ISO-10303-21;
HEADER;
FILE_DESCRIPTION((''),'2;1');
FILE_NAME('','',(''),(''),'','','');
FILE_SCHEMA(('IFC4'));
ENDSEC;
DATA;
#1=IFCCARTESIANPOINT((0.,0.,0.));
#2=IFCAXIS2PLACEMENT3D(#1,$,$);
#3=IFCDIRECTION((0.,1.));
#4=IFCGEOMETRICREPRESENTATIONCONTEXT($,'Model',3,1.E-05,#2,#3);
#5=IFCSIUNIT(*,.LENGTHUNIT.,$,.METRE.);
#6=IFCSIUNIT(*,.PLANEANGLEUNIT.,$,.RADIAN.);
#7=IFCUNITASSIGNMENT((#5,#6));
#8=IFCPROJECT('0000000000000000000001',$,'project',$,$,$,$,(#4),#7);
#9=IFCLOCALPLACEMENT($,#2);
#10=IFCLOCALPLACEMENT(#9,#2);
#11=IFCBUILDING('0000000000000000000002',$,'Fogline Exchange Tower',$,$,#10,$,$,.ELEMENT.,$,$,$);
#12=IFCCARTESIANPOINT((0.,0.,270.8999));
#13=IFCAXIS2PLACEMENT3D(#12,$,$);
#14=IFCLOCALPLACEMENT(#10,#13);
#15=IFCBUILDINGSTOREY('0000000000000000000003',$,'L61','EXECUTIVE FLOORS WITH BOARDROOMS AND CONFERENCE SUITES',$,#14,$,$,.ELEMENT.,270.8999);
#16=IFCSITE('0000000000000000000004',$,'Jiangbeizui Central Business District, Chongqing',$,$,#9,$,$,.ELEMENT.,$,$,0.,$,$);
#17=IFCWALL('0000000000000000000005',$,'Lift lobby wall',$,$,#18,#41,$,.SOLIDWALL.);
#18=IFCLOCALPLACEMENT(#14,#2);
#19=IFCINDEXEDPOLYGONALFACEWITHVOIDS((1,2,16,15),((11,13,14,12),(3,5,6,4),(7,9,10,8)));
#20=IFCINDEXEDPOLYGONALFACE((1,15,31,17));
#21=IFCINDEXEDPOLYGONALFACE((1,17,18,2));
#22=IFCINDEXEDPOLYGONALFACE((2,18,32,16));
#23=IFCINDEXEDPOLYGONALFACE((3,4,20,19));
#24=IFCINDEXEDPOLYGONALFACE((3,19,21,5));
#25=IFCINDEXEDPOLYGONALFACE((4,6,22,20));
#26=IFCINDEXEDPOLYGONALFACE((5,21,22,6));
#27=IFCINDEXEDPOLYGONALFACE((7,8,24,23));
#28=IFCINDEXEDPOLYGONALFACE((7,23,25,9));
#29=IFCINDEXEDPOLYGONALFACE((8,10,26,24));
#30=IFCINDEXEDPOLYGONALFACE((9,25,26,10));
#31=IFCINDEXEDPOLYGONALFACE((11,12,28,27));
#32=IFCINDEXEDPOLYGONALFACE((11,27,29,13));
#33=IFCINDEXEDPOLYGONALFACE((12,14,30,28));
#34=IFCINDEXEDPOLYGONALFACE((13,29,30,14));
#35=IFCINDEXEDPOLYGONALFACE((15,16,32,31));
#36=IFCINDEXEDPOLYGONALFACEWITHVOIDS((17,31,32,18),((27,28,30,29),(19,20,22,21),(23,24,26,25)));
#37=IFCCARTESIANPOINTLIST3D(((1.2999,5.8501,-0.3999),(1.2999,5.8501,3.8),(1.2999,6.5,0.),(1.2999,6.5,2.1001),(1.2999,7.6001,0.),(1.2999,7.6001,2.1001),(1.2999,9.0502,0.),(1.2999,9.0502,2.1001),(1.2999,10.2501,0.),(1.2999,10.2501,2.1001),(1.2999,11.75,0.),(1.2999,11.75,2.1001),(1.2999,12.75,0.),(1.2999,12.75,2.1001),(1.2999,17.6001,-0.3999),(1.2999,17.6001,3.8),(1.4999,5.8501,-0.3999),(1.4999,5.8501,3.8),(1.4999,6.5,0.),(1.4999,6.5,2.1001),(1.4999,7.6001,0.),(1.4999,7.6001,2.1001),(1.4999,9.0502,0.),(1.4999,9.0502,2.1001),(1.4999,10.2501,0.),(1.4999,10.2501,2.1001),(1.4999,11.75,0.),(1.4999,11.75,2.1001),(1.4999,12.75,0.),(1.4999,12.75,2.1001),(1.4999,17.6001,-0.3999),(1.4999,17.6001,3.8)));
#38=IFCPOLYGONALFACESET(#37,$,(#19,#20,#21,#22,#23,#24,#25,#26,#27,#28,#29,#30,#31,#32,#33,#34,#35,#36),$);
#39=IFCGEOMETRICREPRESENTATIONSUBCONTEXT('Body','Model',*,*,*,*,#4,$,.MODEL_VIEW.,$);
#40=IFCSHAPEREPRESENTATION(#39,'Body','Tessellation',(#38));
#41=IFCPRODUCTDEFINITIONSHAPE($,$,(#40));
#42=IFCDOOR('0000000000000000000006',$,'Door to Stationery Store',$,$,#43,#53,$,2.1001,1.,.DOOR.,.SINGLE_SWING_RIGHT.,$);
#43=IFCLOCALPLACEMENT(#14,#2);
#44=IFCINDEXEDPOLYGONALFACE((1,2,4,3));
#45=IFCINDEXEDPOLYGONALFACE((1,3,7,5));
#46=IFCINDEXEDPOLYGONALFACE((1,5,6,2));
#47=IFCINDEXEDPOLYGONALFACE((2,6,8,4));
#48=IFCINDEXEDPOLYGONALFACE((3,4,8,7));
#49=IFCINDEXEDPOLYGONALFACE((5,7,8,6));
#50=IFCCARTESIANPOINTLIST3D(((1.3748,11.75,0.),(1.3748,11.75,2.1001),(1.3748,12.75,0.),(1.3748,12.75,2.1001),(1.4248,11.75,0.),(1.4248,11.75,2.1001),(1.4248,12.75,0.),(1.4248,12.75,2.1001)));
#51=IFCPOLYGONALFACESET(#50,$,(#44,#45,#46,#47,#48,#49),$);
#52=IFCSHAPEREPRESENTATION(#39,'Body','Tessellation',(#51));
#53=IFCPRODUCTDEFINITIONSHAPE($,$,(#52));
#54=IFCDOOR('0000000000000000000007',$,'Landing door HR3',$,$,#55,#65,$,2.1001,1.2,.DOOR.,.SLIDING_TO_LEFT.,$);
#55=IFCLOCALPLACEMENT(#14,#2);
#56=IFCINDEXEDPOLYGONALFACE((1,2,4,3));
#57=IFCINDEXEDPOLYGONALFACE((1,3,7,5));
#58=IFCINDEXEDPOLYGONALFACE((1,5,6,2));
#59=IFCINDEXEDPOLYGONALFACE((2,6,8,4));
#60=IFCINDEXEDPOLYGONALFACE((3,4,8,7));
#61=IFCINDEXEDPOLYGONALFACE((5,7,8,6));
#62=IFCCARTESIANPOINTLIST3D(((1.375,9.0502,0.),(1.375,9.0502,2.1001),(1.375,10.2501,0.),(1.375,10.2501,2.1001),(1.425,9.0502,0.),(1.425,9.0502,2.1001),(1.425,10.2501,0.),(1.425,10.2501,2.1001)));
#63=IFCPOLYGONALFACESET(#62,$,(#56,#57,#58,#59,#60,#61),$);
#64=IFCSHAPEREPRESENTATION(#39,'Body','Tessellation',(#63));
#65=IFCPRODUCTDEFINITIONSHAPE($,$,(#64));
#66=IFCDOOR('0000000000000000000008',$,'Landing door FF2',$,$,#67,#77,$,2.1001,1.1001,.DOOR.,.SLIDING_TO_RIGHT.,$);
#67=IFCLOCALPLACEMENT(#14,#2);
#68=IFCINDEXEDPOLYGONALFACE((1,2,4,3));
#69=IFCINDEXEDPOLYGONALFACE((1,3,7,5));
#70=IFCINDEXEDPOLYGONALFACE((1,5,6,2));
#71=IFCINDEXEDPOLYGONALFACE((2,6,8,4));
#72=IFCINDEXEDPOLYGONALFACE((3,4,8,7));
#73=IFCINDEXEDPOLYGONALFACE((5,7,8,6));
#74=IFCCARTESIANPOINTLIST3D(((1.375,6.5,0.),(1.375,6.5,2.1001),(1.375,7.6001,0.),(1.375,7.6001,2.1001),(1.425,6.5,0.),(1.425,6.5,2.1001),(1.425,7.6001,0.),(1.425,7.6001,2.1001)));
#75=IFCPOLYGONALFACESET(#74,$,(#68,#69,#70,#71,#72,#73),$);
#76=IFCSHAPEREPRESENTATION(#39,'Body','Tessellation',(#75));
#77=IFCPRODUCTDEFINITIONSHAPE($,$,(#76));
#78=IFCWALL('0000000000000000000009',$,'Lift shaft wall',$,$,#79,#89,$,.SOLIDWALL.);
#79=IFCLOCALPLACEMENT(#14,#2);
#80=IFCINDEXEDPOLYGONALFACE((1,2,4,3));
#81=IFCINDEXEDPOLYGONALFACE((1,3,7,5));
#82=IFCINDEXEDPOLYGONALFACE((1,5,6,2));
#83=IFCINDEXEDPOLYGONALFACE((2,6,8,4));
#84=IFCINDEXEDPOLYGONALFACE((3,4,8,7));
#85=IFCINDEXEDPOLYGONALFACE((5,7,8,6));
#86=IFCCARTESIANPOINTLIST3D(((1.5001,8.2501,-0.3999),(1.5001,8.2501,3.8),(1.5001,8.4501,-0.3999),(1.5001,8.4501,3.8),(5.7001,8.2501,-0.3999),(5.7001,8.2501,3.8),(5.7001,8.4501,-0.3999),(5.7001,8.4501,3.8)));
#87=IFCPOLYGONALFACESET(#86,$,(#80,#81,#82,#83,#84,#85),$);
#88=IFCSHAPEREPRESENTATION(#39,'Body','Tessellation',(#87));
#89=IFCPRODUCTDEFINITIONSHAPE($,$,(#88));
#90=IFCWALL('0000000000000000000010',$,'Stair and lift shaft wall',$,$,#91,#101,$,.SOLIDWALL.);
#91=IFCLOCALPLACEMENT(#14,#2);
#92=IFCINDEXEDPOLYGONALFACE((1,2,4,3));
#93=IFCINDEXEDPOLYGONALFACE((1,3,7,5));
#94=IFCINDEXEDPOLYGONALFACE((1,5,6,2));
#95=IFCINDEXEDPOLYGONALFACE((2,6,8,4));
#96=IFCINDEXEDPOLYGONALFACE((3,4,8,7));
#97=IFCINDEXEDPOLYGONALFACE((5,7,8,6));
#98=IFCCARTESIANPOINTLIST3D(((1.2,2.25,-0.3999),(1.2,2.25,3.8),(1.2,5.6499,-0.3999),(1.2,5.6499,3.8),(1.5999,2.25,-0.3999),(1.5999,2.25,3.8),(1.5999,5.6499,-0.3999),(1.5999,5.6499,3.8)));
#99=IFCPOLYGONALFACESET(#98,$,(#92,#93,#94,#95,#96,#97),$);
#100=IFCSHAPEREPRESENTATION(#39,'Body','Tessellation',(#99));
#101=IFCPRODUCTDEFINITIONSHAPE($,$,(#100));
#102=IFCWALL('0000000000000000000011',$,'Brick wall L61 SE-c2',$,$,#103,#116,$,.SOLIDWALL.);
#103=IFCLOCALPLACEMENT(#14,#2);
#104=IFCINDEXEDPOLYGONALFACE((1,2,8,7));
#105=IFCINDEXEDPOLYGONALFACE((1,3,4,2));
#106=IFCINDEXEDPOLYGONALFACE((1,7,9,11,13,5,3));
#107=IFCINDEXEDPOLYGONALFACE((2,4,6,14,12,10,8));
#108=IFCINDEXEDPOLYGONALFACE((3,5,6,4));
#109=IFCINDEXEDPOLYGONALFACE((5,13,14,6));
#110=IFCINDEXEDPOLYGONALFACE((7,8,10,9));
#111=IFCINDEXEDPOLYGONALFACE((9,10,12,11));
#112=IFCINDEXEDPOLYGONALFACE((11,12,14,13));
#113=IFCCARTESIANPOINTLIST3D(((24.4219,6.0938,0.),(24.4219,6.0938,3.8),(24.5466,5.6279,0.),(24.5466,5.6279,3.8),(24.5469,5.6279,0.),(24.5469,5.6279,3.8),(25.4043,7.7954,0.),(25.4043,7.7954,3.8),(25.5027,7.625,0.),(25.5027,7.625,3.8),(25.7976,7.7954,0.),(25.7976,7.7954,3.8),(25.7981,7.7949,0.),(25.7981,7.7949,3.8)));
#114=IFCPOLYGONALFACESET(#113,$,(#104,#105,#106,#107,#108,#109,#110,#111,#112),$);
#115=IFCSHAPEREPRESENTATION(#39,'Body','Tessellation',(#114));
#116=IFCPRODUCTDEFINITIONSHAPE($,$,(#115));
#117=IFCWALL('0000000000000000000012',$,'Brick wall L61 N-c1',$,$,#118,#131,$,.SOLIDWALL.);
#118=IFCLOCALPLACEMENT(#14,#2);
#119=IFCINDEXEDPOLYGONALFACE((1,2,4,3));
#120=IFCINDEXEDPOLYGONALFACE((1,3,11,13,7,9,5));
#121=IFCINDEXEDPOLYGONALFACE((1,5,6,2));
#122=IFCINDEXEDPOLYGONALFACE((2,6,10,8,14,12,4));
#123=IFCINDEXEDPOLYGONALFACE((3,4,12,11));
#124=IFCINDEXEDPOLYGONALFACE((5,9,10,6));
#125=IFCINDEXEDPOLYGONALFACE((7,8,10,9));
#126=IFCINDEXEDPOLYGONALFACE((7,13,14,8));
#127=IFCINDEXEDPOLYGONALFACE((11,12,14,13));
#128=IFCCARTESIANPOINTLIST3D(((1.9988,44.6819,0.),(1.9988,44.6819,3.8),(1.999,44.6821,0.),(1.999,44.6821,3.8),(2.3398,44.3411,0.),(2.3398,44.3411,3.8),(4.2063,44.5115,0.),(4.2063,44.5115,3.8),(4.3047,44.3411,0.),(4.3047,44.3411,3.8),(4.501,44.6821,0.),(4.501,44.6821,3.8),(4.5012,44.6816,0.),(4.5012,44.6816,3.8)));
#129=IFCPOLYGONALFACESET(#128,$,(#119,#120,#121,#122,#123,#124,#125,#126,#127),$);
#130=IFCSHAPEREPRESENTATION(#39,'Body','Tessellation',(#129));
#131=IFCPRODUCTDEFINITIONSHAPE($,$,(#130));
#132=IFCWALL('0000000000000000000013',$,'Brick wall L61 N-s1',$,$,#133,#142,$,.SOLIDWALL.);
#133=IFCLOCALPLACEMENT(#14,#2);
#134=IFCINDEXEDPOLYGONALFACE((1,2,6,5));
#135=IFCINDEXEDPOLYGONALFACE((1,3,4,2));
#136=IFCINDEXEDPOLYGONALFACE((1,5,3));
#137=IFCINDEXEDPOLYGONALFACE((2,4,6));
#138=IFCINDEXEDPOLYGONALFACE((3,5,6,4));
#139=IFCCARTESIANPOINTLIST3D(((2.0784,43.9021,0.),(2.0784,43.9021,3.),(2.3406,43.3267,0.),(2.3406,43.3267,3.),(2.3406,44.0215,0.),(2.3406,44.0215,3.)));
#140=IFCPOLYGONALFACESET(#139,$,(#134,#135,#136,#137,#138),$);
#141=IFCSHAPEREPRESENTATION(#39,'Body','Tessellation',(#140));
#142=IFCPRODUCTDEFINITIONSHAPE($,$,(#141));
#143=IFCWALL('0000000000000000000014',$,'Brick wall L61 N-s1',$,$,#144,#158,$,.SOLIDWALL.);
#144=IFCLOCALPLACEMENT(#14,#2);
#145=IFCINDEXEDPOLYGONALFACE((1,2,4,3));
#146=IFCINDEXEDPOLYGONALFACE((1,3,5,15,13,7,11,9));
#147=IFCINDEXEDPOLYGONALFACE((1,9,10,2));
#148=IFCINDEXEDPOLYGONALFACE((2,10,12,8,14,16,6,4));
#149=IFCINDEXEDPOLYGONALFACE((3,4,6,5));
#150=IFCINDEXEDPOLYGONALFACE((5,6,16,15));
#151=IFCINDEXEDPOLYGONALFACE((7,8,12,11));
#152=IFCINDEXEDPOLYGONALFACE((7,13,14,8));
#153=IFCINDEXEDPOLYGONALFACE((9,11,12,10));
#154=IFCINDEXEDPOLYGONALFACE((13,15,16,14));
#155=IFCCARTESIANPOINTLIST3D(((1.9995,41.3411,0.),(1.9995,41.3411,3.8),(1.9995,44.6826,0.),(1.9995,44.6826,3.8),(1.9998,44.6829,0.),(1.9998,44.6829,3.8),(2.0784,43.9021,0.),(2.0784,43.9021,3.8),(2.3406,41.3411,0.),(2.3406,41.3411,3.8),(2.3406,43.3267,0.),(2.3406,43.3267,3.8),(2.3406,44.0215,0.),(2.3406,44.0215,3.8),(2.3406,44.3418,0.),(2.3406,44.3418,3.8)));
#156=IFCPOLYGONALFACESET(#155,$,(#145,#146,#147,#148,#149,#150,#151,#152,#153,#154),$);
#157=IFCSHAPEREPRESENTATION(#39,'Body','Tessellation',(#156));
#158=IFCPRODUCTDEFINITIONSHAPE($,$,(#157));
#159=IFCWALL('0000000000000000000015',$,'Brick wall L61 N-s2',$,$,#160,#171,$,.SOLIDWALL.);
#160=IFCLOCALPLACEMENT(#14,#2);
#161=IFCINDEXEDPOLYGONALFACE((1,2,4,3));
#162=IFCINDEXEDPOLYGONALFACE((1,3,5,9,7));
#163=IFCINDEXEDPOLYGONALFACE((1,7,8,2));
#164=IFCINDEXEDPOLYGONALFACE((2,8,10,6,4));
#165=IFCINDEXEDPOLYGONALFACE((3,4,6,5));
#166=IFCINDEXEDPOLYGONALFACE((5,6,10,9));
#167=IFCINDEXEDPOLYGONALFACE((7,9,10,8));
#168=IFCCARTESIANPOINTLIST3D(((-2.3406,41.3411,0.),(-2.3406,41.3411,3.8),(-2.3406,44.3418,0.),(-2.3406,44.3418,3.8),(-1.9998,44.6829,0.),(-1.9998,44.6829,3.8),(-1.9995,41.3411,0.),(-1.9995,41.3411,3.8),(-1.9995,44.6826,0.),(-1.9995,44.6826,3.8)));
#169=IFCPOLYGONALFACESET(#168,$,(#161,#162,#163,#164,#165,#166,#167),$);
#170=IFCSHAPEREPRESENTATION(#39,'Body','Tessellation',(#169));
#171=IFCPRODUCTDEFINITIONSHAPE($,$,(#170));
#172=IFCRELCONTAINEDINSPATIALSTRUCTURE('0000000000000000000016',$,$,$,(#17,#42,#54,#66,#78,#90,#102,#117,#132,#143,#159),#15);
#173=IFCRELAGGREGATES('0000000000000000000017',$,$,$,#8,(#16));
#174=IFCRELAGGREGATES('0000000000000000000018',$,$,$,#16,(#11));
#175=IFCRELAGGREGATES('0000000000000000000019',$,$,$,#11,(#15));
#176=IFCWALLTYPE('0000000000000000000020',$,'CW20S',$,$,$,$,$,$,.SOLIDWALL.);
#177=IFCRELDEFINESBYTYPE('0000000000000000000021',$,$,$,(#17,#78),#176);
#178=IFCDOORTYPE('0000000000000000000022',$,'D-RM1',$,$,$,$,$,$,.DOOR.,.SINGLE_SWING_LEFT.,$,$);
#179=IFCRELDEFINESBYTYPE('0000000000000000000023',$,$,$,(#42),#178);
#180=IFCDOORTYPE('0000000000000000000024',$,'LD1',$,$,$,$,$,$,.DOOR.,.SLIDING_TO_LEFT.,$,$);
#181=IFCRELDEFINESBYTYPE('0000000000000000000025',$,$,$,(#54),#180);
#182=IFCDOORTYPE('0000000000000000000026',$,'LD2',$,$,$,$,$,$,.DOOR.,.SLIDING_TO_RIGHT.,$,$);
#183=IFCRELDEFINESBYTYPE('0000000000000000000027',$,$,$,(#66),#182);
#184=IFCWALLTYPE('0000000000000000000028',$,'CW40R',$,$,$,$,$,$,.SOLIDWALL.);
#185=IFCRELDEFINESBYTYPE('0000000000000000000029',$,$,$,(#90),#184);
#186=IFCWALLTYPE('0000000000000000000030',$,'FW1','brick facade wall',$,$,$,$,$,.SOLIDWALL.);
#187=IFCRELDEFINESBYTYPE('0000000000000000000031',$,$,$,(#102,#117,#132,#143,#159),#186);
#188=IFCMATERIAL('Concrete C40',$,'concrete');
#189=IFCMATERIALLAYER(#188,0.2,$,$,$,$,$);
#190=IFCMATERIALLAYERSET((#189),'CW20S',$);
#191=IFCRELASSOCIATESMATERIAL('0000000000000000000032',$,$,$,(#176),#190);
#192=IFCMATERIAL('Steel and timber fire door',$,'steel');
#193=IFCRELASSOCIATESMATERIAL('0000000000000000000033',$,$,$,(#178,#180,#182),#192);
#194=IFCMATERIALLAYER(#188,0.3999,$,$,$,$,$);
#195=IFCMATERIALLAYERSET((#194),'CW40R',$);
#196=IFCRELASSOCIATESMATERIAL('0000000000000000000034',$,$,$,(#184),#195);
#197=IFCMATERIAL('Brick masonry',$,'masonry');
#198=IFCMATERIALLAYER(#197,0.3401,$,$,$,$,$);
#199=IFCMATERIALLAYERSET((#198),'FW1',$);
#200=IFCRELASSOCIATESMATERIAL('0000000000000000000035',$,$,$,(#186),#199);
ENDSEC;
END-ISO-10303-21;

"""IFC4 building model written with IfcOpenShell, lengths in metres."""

from ifc_helpers import new_model, si_unit, direction, frame, frame_2d, origin, place, context, subcontext, project, spatial, polyline, rectangle, outline, extrude, material, layer, layer_set, type_object, element, fill, save


model = new_model("IFC4")

# Units and contexts
model_context = context("Model", 3, precision=1e-05, world=origin(), true_north=direction((0.0, 1.0)))
body_context = subcontext(model_context, "Body", "Model", "MODEL_VIEW")
ifc_project = project(units=[si_unit("LENGTHUNIT", "METRE"), si_unit("PLANEANGLEUNIT", "RADIAN")], contexts=[model_context])

# Site, building, storey
site_placement = place(None, origin())
site = spatial("IfcSite", under=ifc_project, at=site_placement, Name="Jiangbeizui Central Business District, Chongqing", CompositionType="ELEMENT", RefElevation=0.0)
building_placement = place(site_placement, origin())
building = spatial("IfcBuilding", under=site, at=building_placement, Name="Fogline Exchange Tower", CompositionType="ELEMENT")
storey_placement = place(building_placement, frame((0.0, 0.0, 270.8999)))
storey = spatial("IfcBuildingStorey", under=building, at=storey_placement, Name="L61", Description="EXECUTIVE FLOORS WITH BOARDROOMS AND CONFERENCE SUITES", CompositionType="ELEMENT", Elevation=270.8999)

# Shared definitions
ifc_material_1 = material(Name="Concrete C40", Category="concrete")

# Shared definitions
ifc_layer_1 = layer(ifc_material_1, 0.2)
ifc_layer_set_1 = layer_set([ifc_layer_1], Name="CW20S")
wall_type_1 = type_object("IfcWallType", Name="CW20S", PredefinedType="SOLIDWALL", material=ifc_layer_set_1)

# Wall, openings, doors
wall_1_placement = place(storey_placement, frame((1.3999, 5.8501, -0.3999), z_axis=(0.0, 0.0, 1.0), x_axis=(0.0, 1.0, 0.0)))
wall_1 = element("IfcWall", 1, at=wall_1_placement, inside=storey, type_object=wall_type_1, Name="Lift lobby wall", PredefinedType="SOLIDWALL", context=body_context, shape_type="SweptSolid", body=[
    extrude(rectangle(XDim=11.75, YDim=0.2, at=frame_2d((5.875, 0.0))), origin(), (0.0, 0.0, 1.0), 4.2),
])
opening_1_placement = place(wall_1_placement, frame((3.2, 0.0, 0.3999)))
opening_1 = element("IfcOpeningElement", 2, at=opening_1_placement, cuts=wall_1, PredefinedType="OPENING", context=body_context, shape_type="SweptSolid", body=[
    extrude(rectangle(XDim=1.2, YDim=2.1001, at=frame_2d((0.6001, 1.05))), frame((0.0, 0.1099, 0.0), z_axis=(0.0, -1.0, 0.0), x_axis=(1.0, 0.0, 0.0)), (0.0, 0.0, 1.0), 0.22),
])
opening_2_placement = place(wall_1_placement, frame((0.6499, 0.0, 0.3999)))
opening_2 = element("IfcOpeningElement", 3, at=opening_2_placement, cuts=wall_1, PredefinedType="OPENING", context=body_context, shape_type="SweptSolid", body=[
    extrude(rectangle(XDim=1.1001, YDim=2.1001, at=frame_2d((0.55, 1.05))), frame((0.0, 0.1099, 0.0), z_axis=(0.0, -1.0, 0.0), x_axis=(1.0, 0.0, 0.0)), (0.0, 0.0, 1.0), 0.22),
])
opening_3_placement = place(wall_1_placement, frame((5.8999, 0.0, 0.3999)))
opening_3 = element("IfcOpeningElement", 4, at=opening_3_placement, cuts=wall_1, PredefinedType="OPENING", context=body_context, shape_type="SweptSolid", body=[
    extrude(rectangle(XDim=1.0, YDim=2.1001, at=frame_2d((0.5, 1.05))), frame((0.0, 0.1099, 0.0), z_axis=(0.0, -1.0, 0.0), x_axis=(1.0, 0.0, 0.0)), (0.0, 0.0, 1.0), 0.22),
])
ifc_material_2 = material(Name="Steel and timber fire door", Category="steel")
door_type_1 = type_object("IfcDoorType", Name="D-RM1", OperationType="SINGLE_SWING_LEFT", PredefinedType="DOOR", material=ifc_material_2)
door_1_placement = place(opening_3_placement, frame((1.0, 0.0, 0.0), z_axis=(0.0, 0.0, 1.0), x_axis=(-1.0, 0.0, 0.0)))
door_1 = element("IfcDoor", 5, at=door_1_placement, inside=storey, type_object=door_type_1, Name="Door to Stationery Store", OperationType="SINGLE_SWING_RIGHT", OverallHeight=2.1001, OverallWidth=1.0, PredefinedType="DOOR", context=body_context, shape_type="SweptSolid", body=[
    extrude(rectangle(XDim=1.0, YDim=2.1001, at=frame_2d((0.5, 1.05))), frame((0.0, 0.0249, 0.0), z_axis=(0.0, -1.0, 0.0), x_axis=(1.0, 0.0, 0.0)), (0.0, 0.0, 1.0), 0.05),
])
fill(opening_3, door_1)
door_type_2 = type_object("IfcDoorType", Name="LD1", OperationType="SLIDING_TO_LEFT", PredefinedType="DOOR", material=ifc_material_2)
door_2_placement = place(opening_1_placement, origin())
door_2 = element("IfcDoor", 6, at=door_2_placement, inside=storey, type_object=door_type_2, Name="Landing door HR3", OperationType="SLIDING_TO_LEFT", OverallHeight=2.1001, OverallWidth=1.2, PredefinedType="DOOR", context=body_context, shape_type="SweptSolid", body=[
    extrude(rectangle(XDim=1.2, YDim=2.1001, at=frame_2d((0.6001, 1.05))), frame((0.0, 0.0249, 0.0), z_axis=(0.0, -1.0, 0.0), x_axis=(1.0, 0.0, 0.0)), (0.0, 0.0, 1.0), 0.05),
])
fill(opening_1, door_2)
door_type_3 = type_object("IfcDoorType", Name="LD2", OperationType="SLIDING_TO_RIGHT", PredefinedType="DOOR", material=ifc_material_2)
door_3_placement = place(opening_2_placement, origin())
door_3 = element("IfcDoor", 7, at=door_3_placement, inside=storey, type_object=door_type_3, Name="Landing door FF2", OperationType="SLIDING_TO_RIGHT", OverallHeight=2.1001, OverallWidth=1.1001, PredefinedType="DOOR", context=body_context, shape_type="SweptSolid", body=[
    extrude(rectangle(XDim=1.1001, YDim=2.1001, at=frame_2d((0.55, 1.05))), frame((0.0, 0.0249, 0.0), z_axis=(0.0, -1.0, 0.0), x_axis=(1.0, 0.0, 0.0)), (0.0, 0.0, 1.0), 0.05),
])
fill(opening_2, door_3)

# Walls
wall_2_placement = place(storey_placement, frame((1.5, 8.3501, -0.3999), z_axis=(0.0, 0.0, 1.0), x_axis=(1.0, 0.0, 0.0)))
element("IfcWall", 8, at=wall_2_placement, inside=storey, type_object=wall_type_1, Name="Lift shaft wall", PredefinedType="SOLIDWALL", context=body_context, shape_type="SweptSolid", body=[
    extrude(rectangle(XDim=4.2, YDim=0.2, at=frame_2d((2.1001, 0.0))), origin(), (0.0, 0.0, 1.0), 4.2),
])
ifc_layer_2 = layer(ifc_material_1, 0.3999)
ifc_layer_set_2 = layer_set([ifc_layer_2], Name="CW40R")
wall_type_2 = type_object("IfcWallType", Name="CW40R", PredefinedType="SOLIDWALL", material=ifc_layer_set_2)
wall_3_placement = place(storey_placement, frame((1.3999, 2.25, -0.3999), z_axis=(0.0, 0.0, 1.0), x_axis=(0.0, 1.0, 0.0)))
element("IfcWall", 9, at=wall_3_placement, inside=storey, type_object=wall_type_2, Name="Stair and lift shaft wall", PredefinedType="SOLIDWALL", context=body_context, shape_type="SweptSolid", body=[
    extrude(rectangle(XDim=3.3999, YDim=0.3999, at=frame_2d((1.7, 0.0))), origin(), (0.0, 0.0, 1.0), 4.2),
])
ifc_material_3 = material(Name="Brick masonry", Category="masonry")
ifc_layer_3 = layer(ifc_material_3, 0.3401)
ifc_layer_set_3 = layer_set([ifc_layer_3], Name="FW1")
wall_type_3 = type_object("IfcWallType", Name="FW1", Description="brick facade wall", PredefinedType="SOLIDWALL", material=ifc_layer_set_3)
wall_4_placement = place(storey_placement, origin())
element("IfcWall", 10, at=wall_4_placement, inside=storey, type_object=wall_type_3, Name="Brick wall L61 SE-c2", PredefinedType="SOLIDWALL", context=body_context, shape_type="SweptSolid", body=[
    extrude(outline(polyline([(25.4043, 7.7954), (25.5027, 7.625), (25.7976, 7.7954), (25.7981, 7.7949), (24.5469, 5.6279), (24.5466, 5.6279), (24.4219, 6.0938), (25.4043, 7.7954)])), origin(), (0.0, 0.0, 1.0), 3.8),
])
wall_5_placement = place(storey_placement, origin())
element("IfcWall", 11, at=wall_5_placement, inside=storey, type_object=wall_type_3, Name="Brick wall L61 N-c1", PredefinedType="SOLIDWALL", context=body_context, shape_type="SweptSolid", body=[
    extrude(outline(polyline([(1.999, 44.6821), (4.501, 44.6821), (4.5012, 44.6816), (4.2063, 44.5115), (4.3047, 44.3411), (2.3398, 44.3411), (1.9988, 44.6819), (1.999, 44.6821)])), origin(), (0.0, 0.0, 1.0), 3.8),
])
wall_6_placement = place(storey_placement, origin())
element("IfcWall", 12, at=wall_6_placement, inside=storey, type_object=wall_type_3, Name="Brick wall L61 N-s1", PredefinedType="SOLIDWALL", context=body_context, shape_type="SweptSolid", body=[
    extrude(outline(polyline([(2.3406, 43.3267), (2.0784, 43.9021), (2.3406, 44.0215), (2.3406, 43.3267)])), origin(), (0.0, 0.0, 1.0), 3.0),
])
wall_7_placement = place(storey_placement, origin())
element("IfcWall", 13, at=wall_7_placement, inside=storey, type_object=wall_type_3, Name="Brick wall L61 N-s1", PredefinedType="SOLIDWALL", context=body_context, shape_type="SweptSolid", body=[
    extrude(outline(polyline([(1.9995, 41.3411), (1.9995, 44.6826), (1.9998, 44.6829), (2.3406, 44.3418), (2.3406, 44.0215), (2.0784, 43.9021), (2.3406, 43.3267), (2.3406, 41.3411), (1.9995, 41.3411)])), origin(), (0.0, 0.0, 1.0), 3.8),
])
wall_8_placement = place(storey_placement, origin())
element("IfcWall", 14, at=wall_8_placement, inside=storey, type_object=wall_type_3, Name="Brick wall L61 N-s2", PredefinedType="SOLIDWALL", context=body_context, shape_type="SweptSolid", body=[
    extrude(outline(polyline([(-1.9995, 44.6826), (-1.9995, 41.3411), (-2.3406, 41.3411), (-2.3406, 44.3418), (-1.9998, 44.6829), (-1.9995, 44.6826)])), origin(), (0.0, 0.0, 1.0), 3.8),
])

save(model, "model.ifc")
